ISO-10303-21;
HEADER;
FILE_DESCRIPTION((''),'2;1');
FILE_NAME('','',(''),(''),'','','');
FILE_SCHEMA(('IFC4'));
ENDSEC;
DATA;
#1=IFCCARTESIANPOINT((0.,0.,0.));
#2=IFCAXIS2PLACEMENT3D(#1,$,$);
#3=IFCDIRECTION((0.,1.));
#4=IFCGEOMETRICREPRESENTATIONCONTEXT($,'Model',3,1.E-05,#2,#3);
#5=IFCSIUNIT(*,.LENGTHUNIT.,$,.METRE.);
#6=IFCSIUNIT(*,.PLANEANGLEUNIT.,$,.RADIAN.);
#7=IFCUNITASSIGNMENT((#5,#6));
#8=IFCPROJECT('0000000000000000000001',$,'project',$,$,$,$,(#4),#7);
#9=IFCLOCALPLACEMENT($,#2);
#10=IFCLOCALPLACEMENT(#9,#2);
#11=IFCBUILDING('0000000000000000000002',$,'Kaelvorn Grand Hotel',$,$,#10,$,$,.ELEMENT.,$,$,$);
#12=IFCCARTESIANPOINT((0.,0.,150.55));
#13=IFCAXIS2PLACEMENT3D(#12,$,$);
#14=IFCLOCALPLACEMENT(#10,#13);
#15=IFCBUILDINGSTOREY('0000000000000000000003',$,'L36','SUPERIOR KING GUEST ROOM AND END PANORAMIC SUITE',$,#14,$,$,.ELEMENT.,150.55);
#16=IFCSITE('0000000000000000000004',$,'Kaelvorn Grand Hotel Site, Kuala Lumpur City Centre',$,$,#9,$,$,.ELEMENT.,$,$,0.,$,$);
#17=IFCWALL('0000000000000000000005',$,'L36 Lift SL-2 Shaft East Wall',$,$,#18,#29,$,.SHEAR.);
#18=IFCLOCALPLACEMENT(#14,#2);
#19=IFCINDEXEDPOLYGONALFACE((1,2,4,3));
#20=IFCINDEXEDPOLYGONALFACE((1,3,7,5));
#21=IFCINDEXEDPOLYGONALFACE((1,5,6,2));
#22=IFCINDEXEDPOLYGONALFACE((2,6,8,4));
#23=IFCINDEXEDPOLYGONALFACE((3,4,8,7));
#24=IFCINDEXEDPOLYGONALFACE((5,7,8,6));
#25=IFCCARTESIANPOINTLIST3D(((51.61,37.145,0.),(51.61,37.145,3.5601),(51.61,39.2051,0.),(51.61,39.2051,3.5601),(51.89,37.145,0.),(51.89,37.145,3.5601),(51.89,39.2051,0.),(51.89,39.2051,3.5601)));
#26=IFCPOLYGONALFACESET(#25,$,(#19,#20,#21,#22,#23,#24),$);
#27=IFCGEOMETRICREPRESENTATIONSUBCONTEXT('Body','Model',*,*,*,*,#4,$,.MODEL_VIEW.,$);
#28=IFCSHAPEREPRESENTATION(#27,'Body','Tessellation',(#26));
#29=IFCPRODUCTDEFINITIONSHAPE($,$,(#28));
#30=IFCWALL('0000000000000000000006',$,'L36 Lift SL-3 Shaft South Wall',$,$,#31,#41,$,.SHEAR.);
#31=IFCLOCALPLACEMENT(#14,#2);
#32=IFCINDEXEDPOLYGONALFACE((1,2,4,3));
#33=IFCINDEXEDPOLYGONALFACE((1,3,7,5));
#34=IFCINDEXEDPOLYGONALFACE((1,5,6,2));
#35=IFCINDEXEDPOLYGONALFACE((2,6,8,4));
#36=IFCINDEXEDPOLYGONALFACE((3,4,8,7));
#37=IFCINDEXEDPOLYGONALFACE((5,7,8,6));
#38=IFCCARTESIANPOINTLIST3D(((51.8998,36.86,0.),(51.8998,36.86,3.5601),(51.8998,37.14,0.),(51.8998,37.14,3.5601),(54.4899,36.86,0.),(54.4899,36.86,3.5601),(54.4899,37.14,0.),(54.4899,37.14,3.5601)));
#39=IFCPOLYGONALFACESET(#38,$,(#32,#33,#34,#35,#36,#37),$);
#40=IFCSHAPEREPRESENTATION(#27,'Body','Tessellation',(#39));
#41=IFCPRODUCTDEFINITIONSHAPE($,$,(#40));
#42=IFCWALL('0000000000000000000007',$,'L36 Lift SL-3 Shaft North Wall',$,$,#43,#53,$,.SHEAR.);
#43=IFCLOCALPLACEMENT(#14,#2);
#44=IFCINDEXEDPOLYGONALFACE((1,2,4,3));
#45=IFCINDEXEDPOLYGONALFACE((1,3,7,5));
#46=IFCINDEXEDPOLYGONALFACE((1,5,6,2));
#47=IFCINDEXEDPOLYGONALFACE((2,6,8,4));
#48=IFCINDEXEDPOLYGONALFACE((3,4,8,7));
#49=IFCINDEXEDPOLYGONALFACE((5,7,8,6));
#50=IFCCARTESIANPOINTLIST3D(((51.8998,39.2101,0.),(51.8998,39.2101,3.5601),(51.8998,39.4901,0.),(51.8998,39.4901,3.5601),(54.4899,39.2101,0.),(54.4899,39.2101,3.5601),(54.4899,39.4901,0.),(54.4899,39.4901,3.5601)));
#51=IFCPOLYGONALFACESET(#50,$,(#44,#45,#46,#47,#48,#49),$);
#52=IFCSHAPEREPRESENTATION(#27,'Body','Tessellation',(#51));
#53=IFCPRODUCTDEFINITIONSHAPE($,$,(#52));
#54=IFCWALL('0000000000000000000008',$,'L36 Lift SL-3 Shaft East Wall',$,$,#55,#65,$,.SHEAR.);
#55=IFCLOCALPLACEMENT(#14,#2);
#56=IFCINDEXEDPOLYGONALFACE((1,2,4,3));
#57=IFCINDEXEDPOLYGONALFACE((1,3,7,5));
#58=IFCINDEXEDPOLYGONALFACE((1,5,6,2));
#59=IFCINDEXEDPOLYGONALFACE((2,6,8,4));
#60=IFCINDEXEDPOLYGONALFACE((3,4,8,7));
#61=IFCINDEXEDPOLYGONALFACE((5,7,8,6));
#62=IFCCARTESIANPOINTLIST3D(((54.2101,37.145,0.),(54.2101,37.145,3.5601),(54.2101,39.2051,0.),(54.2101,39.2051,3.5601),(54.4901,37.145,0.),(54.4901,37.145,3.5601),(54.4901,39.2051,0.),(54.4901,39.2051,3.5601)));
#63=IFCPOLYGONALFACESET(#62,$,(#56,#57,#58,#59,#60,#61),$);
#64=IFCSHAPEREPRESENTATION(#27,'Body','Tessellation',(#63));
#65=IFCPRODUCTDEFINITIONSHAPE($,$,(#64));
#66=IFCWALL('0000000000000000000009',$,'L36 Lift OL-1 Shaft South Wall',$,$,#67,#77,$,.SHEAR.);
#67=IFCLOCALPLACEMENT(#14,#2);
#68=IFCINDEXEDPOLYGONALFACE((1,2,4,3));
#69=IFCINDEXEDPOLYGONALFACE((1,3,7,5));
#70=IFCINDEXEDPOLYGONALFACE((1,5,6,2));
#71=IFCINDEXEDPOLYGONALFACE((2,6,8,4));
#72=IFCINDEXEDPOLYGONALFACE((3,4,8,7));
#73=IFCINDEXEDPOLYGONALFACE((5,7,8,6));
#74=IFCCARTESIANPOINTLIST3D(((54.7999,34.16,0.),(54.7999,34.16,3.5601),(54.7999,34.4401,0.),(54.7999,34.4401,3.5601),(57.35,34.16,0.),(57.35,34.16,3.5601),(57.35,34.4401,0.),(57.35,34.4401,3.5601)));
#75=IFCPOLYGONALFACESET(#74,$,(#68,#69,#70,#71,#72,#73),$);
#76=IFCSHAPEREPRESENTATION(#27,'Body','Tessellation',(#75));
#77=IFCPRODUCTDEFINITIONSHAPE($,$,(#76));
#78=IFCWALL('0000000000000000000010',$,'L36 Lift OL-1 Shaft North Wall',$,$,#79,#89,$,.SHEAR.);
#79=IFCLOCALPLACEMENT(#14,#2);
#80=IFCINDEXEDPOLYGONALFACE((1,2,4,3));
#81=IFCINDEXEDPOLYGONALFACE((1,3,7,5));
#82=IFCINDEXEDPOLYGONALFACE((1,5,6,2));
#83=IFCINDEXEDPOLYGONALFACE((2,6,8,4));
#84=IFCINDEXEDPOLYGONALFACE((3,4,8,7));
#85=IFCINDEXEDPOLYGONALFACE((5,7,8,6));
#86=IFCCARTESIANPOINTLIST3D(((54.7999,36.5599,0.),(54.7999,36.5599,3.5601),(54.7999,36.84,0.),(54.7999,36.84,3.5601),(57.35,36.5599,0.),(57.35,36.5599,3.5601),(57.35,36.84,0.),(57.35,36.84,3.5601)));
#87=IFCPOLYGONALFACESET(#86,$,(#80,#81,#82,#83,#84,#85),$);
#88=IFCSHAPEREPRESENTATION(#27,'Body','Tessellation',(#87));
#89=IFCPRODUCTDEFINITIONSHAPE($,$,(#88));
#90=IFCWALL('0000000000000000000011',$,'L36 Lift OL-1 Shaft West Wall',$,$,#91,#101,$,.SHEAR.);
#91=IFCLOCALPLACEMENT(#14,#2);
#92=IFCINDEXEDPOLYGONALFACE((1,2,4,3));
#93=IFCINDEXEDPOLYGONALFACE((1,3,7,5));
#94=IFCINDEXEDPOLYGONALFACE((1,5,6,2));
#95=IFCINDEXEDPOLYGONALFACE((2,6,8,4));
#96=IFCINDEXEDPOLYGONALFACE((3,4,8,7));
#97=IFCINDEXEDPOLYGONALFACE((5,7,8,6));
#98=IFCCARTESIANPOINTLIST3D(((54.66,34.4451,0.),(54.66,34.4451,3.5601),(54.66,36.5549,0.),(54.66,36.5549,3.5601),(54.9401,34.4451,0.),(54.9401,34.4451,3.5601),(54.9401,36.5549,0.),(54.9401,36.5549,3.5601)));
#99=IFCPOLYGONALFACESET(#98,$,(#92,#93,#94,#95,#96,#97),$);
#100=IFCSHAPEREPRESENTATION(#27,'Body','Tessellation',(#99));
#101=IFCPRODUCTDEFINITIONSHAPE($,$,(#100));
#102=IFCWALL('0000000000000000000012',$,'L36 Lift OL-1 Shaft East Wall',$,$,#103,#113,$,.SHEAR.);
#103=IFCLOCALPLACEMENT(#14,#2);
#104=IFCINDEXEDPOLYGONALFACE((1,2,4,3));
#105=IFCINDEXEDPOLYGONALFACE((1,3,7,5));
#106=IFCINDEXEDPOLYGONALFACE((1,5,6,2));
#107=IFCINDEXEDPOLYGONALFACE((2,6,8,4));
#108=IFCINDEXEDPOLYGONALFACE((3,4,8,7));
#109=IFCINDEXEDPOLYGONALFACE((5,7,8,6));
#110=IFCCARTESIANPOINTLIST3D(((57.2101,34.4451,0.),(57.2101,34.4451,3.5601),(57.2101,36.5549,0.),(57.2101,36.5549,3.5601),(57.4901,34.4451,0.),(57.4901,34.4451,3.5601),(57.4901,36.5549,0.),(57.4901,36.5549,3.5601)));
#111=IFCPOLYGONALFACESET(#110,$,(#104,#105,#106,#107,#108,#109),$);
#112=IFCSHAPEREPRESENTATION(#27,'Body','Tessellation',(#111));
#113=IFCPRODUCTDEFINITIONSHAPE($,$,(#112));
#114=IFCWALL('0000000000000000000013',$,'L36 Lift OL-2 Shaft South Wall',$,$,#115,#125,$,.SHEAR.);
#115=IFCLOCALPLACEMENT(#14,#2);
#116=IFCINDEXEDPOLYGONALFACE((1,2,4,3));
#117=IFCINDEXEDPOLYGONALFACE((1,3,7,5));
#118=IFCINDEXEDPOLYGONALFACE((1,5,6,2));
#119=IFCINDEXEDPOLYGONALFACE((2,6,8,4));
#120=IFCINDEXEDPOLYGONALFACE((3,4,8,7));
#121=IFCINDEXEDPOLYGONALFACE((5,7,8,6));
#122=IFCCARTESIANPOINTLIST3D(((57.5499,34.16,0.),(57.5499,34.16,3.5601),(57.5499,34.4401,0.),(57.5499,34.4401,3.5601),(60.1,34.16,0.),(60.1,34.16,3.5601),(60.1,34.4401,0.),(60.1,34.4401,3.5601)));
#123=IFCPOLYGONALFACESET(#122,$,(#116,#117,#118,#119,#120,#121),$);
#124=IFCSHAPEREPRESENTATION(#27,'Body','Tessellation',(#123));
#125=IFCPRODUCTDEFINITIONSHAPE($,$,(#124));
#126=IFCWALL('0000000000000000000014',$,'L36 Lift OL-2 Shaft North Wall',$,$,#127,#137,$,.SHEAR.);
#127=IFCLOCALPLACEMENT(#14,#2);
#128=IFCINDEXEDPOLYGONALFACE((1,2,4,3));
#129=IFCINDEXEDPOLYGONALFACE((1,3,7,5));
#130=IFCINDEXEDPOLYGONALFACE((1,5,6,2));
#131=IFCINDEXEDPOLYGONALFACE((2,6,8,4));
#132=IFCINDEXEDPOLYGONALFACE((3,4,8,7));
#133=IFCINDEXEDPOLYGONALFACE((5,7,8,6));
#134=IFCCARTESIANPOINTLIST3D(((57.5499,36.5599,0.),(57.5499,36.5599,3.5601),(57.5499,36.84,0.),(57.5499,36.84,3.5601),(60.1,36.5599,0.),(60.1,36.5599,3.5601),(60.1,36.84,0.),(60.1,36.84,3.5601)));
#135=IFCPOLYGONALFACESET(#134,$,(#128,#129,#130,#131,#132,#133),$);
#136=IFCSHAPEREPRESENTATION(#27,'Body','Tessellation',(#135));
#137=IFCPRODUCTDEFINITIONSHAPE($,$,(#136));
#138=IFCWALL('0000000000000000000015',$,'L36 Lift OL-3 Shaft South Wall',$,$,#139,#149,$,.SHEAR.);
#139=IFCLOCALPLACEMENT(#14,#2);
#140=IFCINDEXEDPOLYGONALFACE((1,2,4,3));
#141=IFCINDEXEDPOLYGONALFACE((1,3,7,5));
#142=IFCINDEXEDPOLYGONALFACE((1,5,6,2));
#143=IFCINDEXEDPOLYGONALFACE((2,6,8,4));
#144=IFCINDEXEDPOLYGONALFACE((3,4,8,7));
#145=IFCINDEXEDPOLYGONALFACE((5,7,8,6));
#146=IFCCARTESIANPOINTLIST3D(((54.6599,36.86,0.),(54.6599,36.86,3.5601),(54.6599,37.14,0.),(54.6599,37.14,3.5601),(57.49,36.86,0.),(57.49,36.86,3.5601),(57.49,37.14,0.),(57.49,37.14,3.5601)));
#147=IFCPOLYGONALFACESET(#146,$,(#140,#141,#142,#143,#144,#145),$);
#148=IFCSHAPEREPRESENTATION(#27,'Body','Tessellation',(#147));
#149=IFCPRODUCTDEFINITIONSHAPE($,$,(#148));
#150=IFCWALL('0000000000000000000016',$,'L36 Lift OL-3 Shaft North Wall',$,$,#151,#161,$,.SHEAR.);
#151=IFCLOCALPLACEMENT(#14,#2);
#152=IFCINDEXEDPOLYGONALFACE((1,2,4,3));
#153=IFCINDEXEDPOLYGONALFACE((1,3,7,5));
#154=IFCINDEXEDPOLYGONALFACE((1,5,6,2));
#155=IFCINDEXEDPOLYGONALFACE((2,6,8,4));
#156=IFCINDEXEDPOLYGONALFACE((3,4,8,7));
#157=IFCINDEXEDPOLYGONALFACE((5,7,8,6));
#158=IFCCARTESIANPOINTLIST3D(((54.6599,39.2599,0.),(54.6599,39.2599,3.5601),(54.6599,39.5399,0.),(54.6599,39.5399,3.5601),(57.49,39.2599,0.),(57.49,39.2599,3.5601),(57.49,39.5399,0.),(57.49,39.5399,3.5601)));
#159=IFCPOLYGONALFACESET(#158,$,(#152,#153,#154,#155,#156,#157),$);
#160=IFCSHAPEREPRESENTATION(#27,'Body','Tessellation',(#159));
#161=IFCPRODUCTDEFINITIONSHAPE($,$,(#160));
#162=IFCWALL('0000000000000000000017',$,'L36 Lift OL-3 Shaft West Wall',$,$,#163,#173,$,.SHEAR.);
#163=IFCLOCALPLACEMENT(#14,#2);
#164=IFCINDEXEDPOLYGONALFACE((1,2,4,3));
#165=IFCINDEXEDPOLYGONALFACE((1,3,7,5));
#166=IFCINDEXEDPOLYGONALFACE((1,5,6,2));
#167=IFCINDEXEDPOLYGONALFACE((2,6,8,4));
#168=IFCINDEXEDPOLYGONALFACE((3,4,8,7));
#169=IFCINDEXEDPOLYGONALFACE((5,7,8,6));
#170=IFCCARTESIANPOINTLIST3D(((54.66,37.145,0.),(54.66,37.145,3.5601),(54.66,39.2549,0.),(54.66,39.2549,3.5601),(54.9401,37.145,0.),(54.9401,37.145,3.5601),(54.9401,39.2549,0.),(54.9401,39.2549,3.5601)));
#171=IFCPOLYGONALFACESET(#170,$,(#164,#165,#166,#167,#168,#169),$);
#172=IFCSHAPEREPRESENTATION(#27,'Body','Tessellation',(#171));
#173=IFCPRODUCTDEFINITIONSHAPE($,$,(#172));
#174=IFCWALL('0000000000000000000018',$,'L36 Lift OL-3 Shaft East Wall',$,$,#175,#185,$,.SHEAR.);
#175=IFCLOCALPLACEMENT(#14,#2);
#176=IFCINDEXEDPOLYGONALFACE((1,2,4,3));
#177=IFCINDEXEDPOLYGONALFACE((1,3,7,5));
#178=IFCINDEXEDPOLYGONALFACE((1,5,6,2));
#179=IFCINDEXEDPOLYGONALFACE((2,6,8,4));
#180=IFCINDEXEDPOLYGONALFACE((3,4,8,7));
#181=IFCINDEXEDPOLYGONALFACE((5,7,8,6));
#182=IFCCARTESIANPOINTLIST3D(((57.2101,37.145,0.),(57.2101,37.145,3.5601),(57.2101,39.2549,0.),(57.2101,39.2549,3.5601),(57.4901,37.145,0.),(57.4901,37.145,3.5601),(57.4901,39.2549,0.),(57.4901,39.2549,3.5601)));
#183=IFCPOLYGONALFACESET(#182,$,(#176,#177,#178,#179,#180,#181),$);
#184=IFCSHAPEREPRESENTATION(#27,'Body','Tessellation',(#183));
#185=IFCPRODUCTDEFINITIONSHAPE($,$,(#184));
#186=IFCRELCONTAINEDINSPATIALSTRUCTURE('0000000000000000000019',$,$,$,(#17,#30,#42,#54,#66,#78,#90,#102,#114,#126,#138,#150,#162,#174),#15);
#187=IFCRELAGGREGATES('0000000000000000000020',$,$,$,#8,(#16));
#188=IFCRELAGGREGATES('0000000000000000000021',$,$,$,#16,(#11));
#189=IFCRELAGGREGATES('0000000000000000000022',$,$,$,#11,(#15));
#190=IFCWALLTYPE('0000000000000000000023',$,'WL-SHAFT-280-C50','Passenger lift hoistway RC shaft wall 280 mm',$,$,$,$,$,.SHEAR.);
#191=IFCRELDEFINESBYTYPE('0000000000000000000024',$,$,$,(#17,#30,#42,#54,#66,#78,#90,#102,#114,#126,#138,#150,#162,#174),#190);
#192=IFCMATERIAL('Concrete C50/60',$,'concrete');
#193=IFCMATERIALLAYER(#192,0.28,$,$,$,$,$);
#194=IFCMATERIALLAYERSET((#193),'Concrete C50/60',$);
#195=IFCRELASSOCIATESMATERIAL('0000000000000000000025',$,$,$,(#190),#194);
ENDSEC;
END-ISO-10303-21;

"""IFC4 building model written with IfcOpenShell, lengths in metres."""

from ifc_helpers import new_model, si_unit, direction, frame, frame_2d, origin, place, context, subcontext, project, spatial, rectangle, extrude, material, layer, layer_set, type_object, element, save


model = new_model("IFC4")

# Units and contexts
model_context = context("Model", 3, precision=1e-05, world=origin(), true_north=direction((0.0, 1.0)))
body_context = subcontext(model_context, "Body", "Model", "MODEL_VIEW")
ifc_project = project(units=[si_unit("LENGTHUNIT", "METRE"), si_unit("PLANEANGLEUNIT", "RADIAN")], contexts=[model_context])

# Site, building, storey
site_placement = place(None, origin())
site = spatial("IfcSite", under=ifc_project, at=site_placement, Name="Kaelvorn Grand Hotel Site, Kuala Lumpur City Centre", CompositionType="ELEMENT", RefElevation=0.0)
building_placement = place(site_placement, origin())
building = spatial("IfcBuilding", under=site, at=building_placement, Name="Kaelvorn Grand Hotel", CompositionType="ELEMENT")
storey_placement = place(building_placement, frame((0.0, 0.0, 150.55)))
storey = spatial("IfcBuildingStorey", under=building, at=storey_placement, Name="L36", Description="SUPERIOR KING GUEST ROOM AND END PANORAMIC SUITE", CompositionType="ELEMENT", Elevation=150.55)

# Shared definitions
ifc_material_1 = material(Name="Concrete C50/60", Category="concrete")

# Shared definitions
ifc_layer_1 = layer(ifc_material_1, 0.28)
ifc_layer_set_1 = layer_set([ifc_layer_1], Name="Concrete C50/60")
wall_type_1 = type_object("IfcWallType", Name="WL-SHAFT-280-C50", Description="Passenger lift hoistway RC shaft wall 280 mm", PredefinedType="SHEAR", material=ifc_layer_set_1)

# Walls
wall_1_placement = place(storey_placement, frame((51.75, 37.145, 0.0), z_axis=(0.0, 0.0, 1.0), x_axis=(0.0, 1.0, 0.0)))
element("IfcWall", 1, at=wall_1_placement, inside=storey, type_object=wall_type_1, Name="L36 Lift SL-2 Shaft East Wall", PredefinedType="SHEAR", context=body_context, shape_type="SweptSolid", body=[
    extrude(rectangle(XDim=2.0601, YDim=0.28, at=frame_2d((1.03, 0.0))), origin(), (0.0, 0.0, 1.0), 3.5601),
])
for number, where, z_axis, x_axis, name in (
    (2, (51.8999, 37.0, 0.0), (0.0, 0.0, 1.0), (1.0, 0.0, 0.0), "L36 Lift SL-3 Shaft South Wall"),
    (3, (51.8999, 39.3501, 0.0), (0.0, 0.0, 1.0), (1.0, 0.0, 0.0), "L36 Lift SL-3 Shaft North Wall"),
):
    element("IfcWall", number, at=place(storey_placement, frame(where, z_axis=z_axis, x_axis=x_axis)), inside=storey, type_object=wall_type_1, Name=name, PredefinedType="SHEAR", context=body_context, shape_type="SweptSolid", body=[
        extrude(rectangle(XDim=2.5901, YDim=0.28, at=frame_2d((1.2949, 0.0))), origin(), (0.0, 0.0, 1.0), 3.5601),
    ])
wall_2_placement = place(storey_placement, frame((54.3501, 37.145, 0.0), z_axis=(0.0, 0.0, 1.0), x_axis=(0.0, 1.0, 0.0)))
element("IfcWall", 4, at=wall_2_placement, inside=storey, type_object=wall_type_1, Name="L36 Lift SL-3 Shaft East Wall", PredefinedType="SHEAR", context=body_context, shape_type="SweptSolid", body=[
    extrude(rectangle(XDim=2.0601, YDim=0.28, at=frame_2d((1.03, 0.0))), origin(), (0.0, 0.0, 1.0), 3.5601),
])
for number, where, z_axis, x_axis, name in (
    (5, (54.8, 34.3, 0.0), (0.0, 0.0, 1.0), (1.0, 0.0, 0.0), "L36 Lift OL-1 Shaft South Wall"),
    (6, (54.8, 36.7, 0.0), (0.0, 0.0, 1.0), (1.0, 0.0, 0.0), "L36 Lift OL-1 Shaft North Wall"),
):
    element("IfcWall", number, at=place(storey_placement, frame(where, z_axis=z_axis, x_axis=x_axis)), inside=storey, type_object=wall_type_1, Name=name, PredefinedType="SHEAR", context=body_context, shape_type="SweptSolid", body=[
        extrude(rectangle(XDim=2.55, YDim=0.28, at=frame_2d((1.2749, 0.0))), origin(), (0.0, 0.0, 1.0), 3.5601),
    ])
for number, where, z_axis, x_axis, name in (
    (7, (54.8, 34.4451, 0.0), (0.0, 0.0, 1.0), (0.0, 1.0, 0.0), "L36 Lift OL-1 Shaft West Wall"),
    (8, (57.3501, 34.4451, 0.0), (0.0, 0.0, 1.0), (0.0, 1.0, 0.0), "L36 Lift OL-1 Shaft East Wall"),
):
    element("IfcWall", number, at=place(storey_placement, frame(where, z_axis=z_axis, x_axis=x_axis)), inside=storey, type_object=wall_type_1, Name=name, PredefinedType="SHEAR", context=body_context, shape_type="SweptSolid", body=[
        extrude(rectangle(XDim=2.1099, YDim=0.28, at=frame_2d((1.0549, 0.0))), origin(), (0.0, 0.0, 1.0), 3.5601),
    ])
for number, where, z_axis, x_axis, name in (
    (9, (57.55, 34.3, 0.0), (0.0, 0.0, 1.0), (1.0, 0.0, 0.0), "L36 Lift OL-2 Shaft South Wall"),
    (10, (57.55, 36.7, 0.0), (0.0, 0.0, 1.0), (1.0, 0.0, 0.0), "L36 Lift OL-2 Shaft North Wall"),
):
    element("IfcWall", number, at=place(storey_placement, frame(where, z_axis=z_axis, x_axis=x_axis)), inside=storey, type_object=wall_type_1, Name=name, PredefinedType="SHEAR", context=body_context, shape_type="SweptSolid", body=[
        extrude(rectangle(XDim=2.55, YDim=0.28, at=frame_2d((1.2749, 0.0))), origin(), (0.0, 0.0, 1.0), 3.5601),
    ])
for number, where, z_axis, x_axis, name in (
    (11, (54.6599, 37.0, 0.0), (0.0, 0.0, 1.0), (1.0, 0.0, 0.0), "L36 Lift OL-3 Shaft South Wall"),
    (12, (54.6599, 39.3999, 0.0), (0.0, 0.0, 1.0), (1.0, 0.0, 0.0), "L36 Lift OL-3 Shaft North Wall"),
):
    element("IfcWall", number, at=place(storey_placement, frame(where, z_axis=z_axis, x_axis=x_axis)), inside=storey, type_object=wall_type_1, Name=name, PredefinedType="SHEAR", context=body_context, shape_type="SweptSolid", body=[
        extrude(rectangle(XDim=2.8301, YDim=0.28, at=frame_2d((1.415, 0.0))), origin(), (0.0, 0.0, 1.0), 3.5601),
    ])
for number, where, z_axis, x_axis, name in (
    (13, (54.8, 37.145, 0.0), (0.0, 0.0, 1.0), (0.0, 1.0, 0.0), "L36 Lift OL-3 Shaft West Wall"),
    (14, (57.3501, 37.145, 0.0), (0.0, 0.0, 1.0), (0.0, 1.0, 0.0), "L36 Lift OL-3 Shaft East Wall"),
):
    element("IfcWall", number, at=place(storey_placement, frame(where, z_axis=z_axis, x_axis=x_axis)), inside=storey, type_object=wall_type_1, Name=name, PredefinedType="SHEAR", context=body_context, shape_type="SweptSolid", body=[
        extrude(rectangle(XDim=2.1099, YDim=0.28, at=frame_2d((1.0549, 0.0))), origin(), (0.0, 0.0, 1.0), 3.5601),
    ])

save(model, "model.ifc")
